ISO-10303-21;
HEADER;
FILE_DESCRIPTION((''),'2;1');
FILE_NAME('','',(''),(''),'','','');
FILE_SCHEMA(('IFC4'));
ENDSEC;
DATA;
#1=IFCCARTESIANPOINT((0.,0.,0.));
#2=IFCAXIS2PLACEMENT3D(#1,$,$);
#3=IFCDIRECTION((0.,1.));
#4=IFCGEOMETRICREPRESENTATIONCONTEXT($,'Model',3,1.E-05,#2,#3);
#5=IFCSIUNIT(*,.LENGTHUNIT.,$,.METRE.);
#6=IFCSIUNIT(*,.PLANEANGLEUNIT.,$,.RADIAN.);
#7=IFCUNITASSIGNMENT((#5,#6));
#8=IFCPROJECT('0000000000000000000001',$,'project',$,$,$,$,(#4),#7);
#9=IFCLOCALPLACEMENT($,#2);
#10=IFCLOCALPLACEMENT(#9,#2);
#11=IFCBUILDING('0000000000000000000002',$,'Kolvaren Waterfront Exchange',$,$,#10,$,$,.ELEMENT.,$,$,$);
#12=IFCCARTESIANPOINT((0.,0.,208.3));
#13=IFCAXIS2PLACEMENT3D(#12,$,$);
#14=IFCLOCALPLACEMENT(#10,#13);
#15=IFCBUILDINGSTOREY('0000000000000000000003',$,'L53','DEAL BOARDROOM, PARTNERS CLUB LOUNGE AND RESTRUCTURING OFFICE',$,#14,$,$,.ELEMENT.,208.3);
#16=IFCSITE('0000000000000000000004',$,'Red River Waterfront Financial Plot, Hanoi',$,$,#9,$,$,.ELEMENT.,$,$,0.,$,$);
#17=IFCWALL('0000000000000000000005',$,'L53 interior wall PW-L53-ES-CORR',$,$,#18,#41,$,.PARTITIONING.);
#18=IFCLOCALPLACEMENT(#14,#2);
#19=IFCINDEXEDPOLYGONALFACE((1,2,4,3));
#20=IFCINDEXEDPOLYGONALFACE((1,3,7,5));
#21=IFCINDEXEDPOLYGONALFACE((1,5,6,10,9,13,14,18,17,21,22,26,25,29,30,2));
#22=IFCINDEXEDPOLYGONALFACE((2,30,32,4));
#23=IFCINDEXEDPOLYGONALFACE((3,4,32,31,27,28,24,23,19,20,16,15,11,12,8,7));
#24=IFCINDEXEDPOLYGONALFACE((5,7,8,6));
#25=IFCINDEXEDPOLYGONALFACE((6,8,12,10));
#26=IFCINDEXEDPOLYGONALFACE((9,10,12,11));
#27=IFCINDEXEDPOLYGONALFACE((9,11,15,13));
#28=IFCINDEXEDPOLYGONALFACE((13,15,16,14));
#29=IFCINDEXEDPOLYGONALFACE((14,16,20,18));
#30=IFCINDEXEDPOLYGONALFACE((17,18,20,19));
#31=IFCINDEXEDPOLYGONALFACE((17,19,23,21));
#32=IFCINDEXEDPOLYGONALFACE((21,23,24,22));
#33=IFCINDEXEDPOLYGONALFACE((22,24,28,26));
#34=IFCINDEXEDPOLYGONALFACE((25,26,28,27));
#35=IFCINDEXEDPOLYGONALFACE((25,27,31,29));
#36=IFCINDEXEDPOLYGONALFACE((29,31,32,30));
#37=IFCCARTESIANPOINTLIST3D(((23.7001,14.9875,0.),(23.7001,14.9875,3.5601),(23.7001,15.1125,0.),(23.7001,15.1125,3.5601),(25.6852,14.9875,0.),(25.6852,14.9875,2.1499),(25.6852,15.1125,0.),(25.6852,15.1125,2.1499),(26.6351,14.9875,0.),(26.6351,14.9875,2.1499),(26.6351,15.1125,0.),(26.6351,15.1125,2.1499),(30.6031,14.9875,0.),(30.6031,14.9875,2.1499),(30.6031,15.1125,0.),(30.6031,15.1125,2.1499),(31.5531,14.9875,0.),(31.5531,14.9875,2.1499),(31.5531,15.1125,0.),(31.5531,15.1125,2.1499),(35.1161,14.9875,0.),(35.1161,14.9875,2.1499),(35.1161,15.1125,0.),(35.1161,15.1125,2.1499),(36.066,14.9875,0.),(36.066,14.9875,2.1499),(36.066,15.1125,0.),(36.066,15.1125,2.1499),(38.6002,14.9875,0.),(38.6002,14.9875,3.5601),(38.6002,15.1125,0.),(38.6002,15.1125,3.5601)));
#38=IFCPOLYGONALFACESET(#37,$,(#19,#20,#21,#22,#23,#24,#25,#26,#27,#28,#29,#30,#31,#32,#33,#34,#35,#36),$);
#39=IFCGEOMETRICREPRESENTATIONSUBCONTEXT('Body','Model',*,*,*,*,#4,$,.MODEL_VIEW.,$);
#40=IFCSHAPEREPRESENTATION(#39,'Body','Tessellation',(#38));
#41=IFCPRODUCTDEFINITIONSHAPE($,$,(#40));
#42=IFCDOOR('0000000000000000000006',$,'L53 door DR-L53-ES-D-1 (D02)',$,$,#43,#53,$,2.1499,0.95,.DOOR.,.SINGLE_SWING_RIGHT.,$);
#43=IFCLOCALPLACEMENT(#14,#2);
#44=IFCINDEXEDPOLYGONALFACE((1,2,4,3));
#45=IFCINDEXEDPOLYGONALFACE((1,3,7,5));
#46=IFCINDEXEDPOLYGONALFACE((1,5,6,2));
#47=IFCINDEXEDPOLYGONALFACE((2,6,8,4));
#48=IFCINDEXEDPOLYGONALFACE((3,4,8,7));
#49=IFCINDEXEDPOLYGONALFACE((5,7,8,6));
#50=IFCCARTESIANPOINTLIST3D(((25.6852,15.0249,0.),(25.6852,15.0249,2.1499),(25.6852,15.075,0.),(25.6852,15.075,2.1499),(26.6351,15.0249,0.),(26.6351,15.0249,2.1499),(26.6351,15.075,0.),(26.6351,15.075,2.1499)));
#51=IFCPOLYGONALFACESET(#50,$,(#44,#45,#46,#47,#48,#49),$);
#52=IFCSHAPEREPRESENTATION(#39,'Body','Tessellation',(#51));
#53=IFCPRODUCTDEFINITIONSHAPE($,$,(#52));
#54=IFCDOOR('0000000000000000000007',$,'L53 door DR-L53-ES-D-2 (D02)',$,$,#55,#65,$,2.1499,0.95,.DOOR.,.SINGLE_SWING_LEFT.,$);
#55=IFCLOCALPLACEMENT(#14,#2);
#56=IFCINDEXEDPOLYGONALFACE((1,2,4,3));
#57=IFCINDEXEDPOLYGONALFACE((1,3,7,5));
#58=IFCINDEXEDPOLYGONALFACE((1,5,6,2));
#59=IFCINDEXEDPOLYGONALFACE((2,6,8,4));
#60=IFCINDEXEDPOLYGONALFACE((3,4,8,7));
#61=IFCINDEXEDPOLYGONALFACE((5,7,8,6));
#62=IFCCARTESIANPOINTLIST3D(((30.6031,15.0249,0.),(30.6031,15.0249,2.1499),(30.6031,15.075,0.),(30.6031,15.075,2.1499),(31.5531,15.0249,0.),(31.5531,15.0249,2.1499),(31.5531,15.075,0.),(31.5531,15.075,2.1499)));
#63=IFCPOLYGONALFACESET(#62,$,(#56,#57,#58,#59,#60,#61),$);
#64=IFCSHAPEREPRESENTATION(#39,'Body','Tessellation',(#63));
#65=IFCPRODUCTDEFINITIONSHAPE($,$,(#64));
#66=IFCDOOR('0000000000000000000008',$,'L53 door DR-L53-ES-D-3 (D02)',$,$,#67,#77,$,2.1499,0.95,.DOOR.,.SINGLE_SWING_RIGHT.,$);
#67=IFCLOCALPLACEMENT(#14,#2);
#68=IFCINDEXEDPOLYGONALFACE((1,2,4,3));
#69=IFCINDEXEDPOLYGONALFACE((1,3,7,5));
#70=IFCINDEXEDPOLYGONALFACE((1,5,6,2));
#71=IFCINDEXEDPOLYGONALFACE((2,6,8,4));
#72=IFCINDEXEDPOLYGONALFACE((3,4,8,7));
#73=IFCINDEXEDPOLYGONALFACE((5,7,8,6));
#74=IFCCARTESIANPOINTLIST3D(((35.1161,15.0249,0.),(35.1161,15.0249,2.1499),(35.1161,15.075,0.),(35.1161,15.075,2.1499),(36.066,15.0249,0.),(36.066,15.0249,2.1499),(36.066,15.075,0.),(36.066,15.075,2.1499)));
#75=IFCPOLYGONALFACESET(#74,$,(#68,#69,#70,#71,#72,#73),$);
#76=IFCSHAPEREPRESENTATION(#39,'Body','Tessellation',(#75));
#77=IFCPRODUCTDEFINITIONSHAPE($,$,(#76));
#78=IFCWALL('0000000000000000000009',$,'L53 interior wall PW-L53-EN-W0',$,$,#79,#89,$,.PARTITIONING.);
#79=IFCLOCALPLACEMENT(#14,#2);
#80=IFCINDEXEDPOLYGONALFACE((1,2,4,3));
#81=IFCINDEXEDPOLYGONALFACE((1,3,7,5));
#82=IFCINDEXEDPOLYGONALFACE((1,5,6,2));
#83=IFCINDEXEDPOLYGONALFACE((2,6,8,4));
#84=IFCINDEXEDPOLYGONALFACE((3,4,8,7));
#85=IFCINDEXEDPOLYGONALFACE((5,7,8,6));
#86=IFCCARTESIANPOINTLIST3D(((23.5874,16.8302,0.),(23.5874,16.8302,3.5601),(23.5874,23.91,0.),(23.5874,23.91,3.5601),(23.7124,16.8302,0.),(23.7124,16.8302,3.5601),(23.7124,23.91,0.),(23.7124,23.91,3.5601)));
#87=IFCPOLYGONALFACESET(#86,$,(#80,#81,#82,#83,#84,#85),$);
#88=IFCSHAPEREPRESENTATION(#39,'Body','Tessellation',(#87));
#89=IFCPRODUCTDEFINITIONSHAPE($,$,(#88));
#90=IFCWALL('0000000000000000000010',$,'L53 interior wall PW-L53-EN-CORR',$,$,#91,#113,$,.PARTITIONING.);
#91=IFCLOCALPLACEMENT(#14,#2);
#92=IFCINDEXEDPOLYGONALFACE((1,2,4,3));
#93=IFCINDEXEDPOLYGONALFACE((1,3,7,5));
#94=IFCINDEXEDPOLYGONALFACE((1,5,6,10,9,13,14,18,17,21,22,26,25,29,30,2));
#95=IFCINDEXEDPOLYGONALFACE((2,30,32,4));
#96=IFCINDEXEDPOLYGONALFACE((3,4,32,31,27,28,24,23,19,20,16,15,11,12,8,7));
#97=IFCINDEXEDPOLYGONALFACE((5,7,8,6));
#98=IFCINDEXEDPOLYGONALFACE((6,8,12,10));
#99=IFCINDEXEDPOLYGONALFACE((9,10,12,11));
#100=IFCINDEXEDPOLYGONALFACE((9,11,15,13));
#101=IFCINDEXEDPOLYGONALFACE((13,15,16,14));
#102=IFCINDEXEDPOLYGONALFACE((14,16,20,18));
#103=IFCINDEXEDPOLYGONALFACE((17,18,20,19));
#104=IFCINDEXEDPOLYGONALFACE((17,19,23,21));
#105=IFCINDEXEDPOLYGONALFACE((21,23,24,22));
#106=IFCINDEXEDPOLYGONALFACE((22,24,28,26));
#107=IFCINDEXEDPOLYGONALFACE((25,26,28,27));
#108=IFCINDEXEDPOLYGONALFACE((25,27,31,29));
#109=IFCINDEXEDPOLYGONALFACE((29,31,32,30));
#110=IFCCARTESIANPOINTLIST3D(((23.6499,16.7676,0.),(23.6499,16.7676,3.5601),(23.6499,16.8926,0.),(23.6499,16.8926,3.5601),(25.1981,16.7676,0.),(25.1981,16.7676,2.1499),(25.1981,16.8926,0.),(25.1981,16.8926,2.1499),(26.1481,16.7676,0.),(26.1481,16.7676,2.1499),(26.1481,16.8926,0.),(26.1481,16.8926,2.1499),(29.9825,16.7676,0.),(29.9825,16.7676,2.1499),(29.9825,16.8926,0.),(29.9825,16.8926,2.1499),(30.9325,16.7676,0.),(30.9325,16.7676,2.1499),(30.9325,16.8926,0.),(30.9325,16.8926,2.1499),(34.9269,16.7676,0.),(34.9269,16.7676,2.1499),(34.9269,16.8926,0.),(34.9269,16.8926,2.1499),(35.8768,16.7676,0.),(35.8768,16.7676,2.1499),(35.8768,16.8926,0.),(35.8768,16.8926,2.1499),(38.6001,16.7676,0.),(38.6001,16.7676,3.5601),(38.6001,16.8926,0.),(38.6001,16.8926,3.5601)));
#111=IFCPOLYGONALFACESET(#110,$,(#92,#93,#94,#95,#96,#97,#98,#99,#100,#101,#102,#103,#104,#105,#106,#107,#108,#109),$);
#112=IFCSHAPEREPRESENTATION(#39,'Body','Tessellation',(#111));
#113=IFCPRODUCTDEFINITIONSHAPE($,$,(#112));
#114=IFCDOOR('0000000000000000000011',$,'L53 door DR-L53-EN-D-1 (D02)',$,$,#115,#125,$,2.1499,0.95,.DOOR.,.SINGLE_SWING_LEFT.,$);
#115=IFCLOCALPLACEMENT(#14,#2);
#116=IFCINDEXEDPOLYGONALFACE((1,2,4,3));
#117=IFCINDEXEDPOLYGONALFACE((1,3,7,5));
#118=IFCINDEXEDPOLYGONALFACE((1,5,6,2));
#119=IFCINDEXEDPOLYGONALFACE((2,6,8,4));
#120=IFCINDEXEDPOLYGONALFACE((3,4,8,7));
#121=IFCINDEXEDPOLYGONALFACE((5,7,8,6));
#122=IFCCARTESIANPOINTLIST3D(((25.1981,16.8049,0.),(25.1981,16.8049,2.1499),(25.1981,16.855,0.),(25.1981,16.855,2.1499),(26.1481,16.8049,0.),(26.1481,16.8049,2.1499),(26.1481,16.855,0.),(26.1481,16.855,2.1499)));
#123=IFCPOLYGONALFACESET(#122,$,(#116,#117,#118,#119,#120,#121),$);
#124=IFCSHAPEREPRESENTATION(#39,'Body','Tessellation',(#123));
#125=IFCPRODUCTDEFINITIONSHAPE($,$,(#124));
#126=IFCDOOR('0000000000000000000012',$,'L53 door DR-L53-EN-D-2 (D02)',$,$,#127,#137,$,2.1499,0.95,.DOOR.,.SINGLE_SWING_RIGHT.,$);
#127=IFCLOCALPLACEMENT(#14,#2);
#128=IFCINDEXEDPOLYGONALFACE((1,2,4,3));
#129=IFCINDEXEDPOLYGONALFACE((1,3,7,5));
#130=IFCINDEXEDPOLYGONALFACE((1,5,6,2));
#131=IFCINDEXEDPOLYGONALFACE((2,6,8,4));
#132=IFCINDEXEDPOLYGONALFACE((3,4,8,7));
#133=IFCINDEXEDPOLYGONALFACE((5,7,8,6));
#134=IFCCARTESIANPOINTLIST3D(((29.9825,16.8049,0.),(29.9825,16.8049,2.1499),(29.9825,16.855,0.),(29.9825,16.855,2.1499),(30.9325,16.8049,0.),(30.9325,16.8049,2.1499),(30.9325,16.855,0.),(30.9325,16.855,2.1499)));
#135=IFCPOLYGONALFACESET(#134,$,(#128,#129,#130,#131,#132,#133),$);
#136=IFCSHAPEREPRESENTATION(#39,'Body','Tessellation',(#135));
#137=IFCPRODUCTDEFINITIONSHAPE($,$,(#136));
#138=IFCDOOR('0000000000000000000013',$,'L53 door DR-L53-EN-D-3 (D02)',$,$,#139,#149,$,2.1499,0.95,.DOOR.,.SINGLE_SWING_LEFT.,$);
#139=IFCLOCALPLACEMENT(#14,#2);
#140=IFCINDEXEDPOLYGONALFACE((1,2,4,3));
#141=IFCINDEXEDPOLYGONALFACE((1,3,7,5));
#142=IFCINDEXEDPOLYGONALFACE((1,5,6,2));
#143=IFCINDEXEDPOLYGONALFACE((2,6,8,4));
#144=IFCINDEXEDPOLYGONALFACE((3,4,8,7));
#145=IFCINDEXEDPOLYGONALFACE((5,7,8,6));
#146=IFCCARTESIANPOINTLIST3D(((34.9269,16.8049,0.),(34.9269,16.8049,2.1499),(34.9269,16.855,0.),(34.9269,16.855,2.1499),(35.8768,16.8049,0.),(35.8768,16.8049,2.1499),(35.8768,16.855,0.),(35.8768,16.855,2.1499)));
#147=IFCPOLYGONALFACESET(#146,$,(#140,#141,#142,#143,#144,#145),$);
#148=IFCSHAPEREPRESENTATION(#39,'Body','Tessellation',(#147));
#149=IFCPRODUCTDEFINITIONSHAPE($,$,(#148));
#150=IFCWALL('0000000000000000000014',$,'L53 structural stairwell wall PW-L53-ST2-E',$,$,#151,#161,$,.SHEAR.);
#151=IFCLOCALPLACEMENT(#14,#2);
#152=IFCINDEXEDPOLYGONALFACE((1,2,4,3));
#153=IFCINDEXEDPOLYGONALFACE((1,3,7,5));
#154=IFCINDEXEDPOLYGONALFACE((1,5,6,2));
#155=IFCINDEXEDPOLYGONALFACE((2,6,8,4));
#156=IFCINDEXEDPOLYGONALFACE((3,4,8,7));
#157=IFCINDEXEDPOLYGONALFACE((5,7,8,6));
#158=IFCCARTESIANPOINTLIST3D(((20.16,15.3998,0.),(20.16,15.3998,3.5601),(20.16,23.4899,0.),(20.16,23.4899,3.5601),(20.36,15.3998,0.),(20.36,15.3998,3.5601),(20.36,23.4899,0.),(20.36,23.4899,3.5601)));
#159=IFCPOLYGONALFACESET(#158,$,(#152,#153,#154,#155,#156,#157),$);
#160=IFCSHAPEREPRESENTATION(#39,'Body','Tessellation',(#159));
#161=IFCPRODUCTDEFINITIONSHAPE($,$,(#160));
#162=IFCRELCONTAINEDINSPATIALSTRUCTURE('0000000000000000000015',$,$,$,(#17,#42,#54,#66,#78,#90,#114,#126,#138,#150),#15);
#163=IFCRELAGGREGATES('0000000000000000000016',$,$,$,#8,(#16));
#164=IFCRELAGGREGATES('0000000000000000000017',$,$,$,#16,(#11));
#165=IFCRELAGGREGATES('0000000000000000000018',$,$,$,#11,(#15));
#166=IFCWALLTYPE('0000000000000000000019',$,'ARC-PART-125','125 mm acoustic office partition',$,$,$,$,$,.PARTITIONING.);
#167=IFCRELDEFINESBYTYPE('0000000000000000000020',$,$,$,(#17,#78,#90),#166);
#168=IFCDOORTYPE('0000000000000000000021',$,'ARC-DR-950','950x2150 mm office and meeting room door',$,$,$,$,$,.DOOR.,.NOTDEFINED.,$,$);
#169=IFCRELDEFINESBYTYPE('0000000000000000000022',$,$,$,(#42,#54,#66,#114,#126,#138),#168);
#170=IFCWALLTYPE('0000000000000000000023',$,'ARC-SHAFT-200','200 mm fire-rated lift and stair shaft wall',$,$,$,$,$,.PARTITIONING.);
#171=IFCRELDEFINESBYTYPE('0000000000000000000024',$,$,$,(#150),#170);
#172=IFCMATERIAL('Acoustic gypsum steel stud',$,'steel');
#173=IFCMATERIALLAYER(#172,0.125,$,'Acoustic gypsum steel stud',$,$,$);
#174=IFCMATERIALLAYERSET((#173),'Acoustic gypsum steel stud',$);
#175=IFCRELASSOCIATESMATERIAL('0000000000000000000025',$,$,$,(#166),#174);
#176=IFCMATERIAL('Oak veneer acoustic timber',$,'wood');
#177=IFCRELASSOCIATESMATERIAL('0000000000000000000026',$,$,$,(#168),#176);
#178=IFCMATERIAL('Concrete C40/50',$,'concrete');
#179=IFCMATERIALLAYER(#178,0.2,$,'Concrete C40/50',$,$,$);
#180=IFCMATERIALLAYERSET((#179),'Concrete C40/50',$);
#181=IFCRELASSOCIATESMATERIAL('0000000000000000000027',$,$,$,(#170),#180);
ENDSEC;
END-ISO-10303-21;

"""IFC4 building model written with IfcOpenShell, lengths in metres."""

from ifc_helpers import new_model, si_unit, direction, frame, frame_2d, origin, place, context, subcontext, project, spatial, rectangle, extrude, material, layer, layer_set, type_object, element, fill, save


model = new_model("IFC4")

# Units and contexts
model_context = context("Model", 3, precision=1e-05, world=origin(), true_north=direction((0.0, 1.0)))
body_context = subcontext(model_context, "Body", "Model", "MODEL_VIEW")
ifc_project = project(units=[si_unit("LENGTHUNIT", "METRE"), si_unit("PLANEANGLEUNIT", "RADIAN")], contexts=[model_context])

# Site, building, storey
site_placement = place(None, origin())
site = spatial("IfcSite", under=ifc_project, at=site_placement, Name="Red River Waterfront Financial Plot, Hanoi", CompositionType="ELEMENT", RefElevation=0.0)
building_placement = place(site_placement, origin())
building = spatial("IfcBuilding", under=site, at=building_placement, Name="Kolvaren Waterfront Exchange", CompositionType="ELEMENT")
storey_placement = place(building_placement, frame((0.0, 0.0, 208.3)))
storey = spatial("IfcBuildingStorey", under=building, at=storey_placement, Name="L53", Description="DEAL BOARDROOM, PARTNERS CLUB LOUNGE AND RESTRUCTURING OFFICE", CompositionType="ELEMENT", Elevation=208.3)

# Wall, openings, doors
ifc_material_1 = material(Name="Acoustic gypsum steel stud", Category="steel")
ifc_layer_1 = layer(ifc_material_1, 0.125, Name="Acoustic gypsum steel stud")
ifc_layer_set_1 = layer_set([ifc_layer_1], Name="Acoustic gypsum steel stud")
wall_type_1 = type_object("IfcWallType", Name="ARC-PART-125", Description="125 mm acoustic office partition", PredefinedType="PARTITIONING", material=ifc_layer_set_1)
wall_1_placement = place(storey_placement, frame((23.7, 15.05, 0.0), z_axis=(0.0, 0.0, 1.0), x_axis=(1.0, 0.0, 0.0)))
wall_1 = element("IfcWall", 1, at=wall_1_placement, inside=storey, type_object=wall_type_1, Name="L53 interior wall PW-L53-ES-CORR", PredefinedType="PARTITIONING", context=body_context, shape_type="SweptSolid", body=[
    extrude(rectangle(XDim=14.9001, YDim=0.125, at=frame_2d((7.4502, 0.0))), origin(), (0.0, 0.0, 1.0), 3.5601),
])
opening_1_placement = place(wall_1_placement, frame((1.9851, 0.0, 0.0)))
opening_1 = element("IfcOpeningElement", 2, at=opening_1_placement, cuts=wall_1, PredefinedType="OPENING", context=body_context, shape_type="SweptSolid", body=[
    extrude(rectangle(XDim=0.95, YDim=2.1499, at=frame_2d((0.4751, 1.075))), frame((0.0, 0.0725, 0.0), z_axis=(0.0, -1.0, 0.0), x_axis=(1.0, 0.0, 0.0)), (0.0, 0.0, 1.0), 0.145),
])
opening_2_placement = place(wall_1_placement, frame((6.9031, 0.0, 0.0)))
opening_2 = element("IfcOpeningElement", 3, at=opening_2_placement, cuts=wall_1, PredefinedType="OPENING", context=body_context, shape_type="SweptSolid", body=[
    extrude(rectangle(XDim=0.95, YDim=2.1499, at=frame_2d((0.4751, 1.075))), frame((0.0, 0.0725, 0.0), z_axis=(0.0, -1.0, 0.0), x_axis=(1.0, 0.0, 0.0)), (0.0, 0.0, 1.0), 0.145),
])
opening_3_placement = place(wall_1_placement, frame((11.416, 0.0, 0.0)))
opening_3 = element("IfcOpeningElement", 4, at=opening_3_placement, cuts=wall_1, PredefinedType="OPENING", context=body_context, shape_type="SweptSolid", body=[
    extrude(rectangle(XDim=0.95, YDim=2.1499, at=frame_2d((0.4751, 1.075))), frame((0.0, 0.0725, 0.0), z_axis=(0.0, -1.0, 0.0), x_axis=(1.0, 0.0, 0.0)), (0.0, 0.0, 1.0), 0.145),
])
ifc_material_2 = material(Name="Oak veneer acoustic timber", Category="wood")
door_type = type_object("IfcDoorType", Name="ARC-DR-950", Description="950x2150 mm office and meeting room door", OperationType="NOTDEFINED", PredefinedType="DOOR", material=ifc_material_2)
door_1_placement = place(opening_1_placement, origin())
door_1 = element("IfcDoor", 5, at=door_1_placement, inside=storey, type_object=door_type, Name="L53 door DR-L53-ES-D-1 (D02)", OperationType="SINGLE_SWING_RIGHT", OverallHeight=2.1499, OverallWidth=0.95, PredefinedType="DOOR", context=body_context, shape_type="SweptSolid", body=[
    extrude(rectangle(XDim=0.95, YDim=2.1499, at=frame_2d((0.4751, 1.075))), frame((0.0, 0.0249, 0.0), z_axis=(0.0, -1.0, 0.0), x_axis=(1.0, 0.0, 0.0)), (0.0, 0.0, 1.0), 0.05),
])
fill(opening_1, door_1)
door_2_placement = place(opening_2_placement, origin())
door_2 = element("IfcDoor", 6, at=door_2_placement, inside=storey, type_object=door_type, Name="L53 door DR-L53-ES-D-2 (D02)", OperationType="SINGLE_SWING_LEFT", OverallHeight=2.1499, OverallWidth=0.95, PredefinedType="DOOR", context=body_context, shape_type="SweptSolid", body=[
    extrude(rectangle(XDim=0.95, YDim=2.1499, at=frame_2d((0.4751, 1.075))), frame((0.0, 0.0249, 0.0), z_axis=(0.0, -1.0, 0.0), x_axis=(1.0, 0.0, 0.0)), (0.0, 0.0, 1.0), 0.05),
])
fill(opening_2, door_2)
door_3_placement = place(opening_3_placement, origin())
door_3 = element("IfcDoor", 7, at=door_3_placement, inside=storey, type_object=door_type, Name="L53 door DR-L53-ES-D-3 (D02)", OperationType="SINGLE_SWING_RIGHT", OverallHeight=2.1499, OverallWidth=0.95, PredefinedType="DOOR", context=body_context, shape_type="SweptSolid", body=[
    extrude(rectangle(XDim=0.95, YDim=2.1499, at=frame_2d((0.4751, 1.075))), frame((0.0, 0.0249, 0.0), z_axis=(0.0, -1.0, 0.0), x_axis=(1.0, 0.0, 0.0)), (0.0, 0.0, 1.0), 0.05),
])
fill(opening_3, door_3)

# Wall
wall_2_placement = place(storey_placement, frame((23.6499, 16.8301, 0.0), z_axis=(0.0, 0.0, 1.0), x_axis=(0.0, 1.0, 0.0)))
element("IfcWall", 8, at=wall_2_placement, inside=storey, type_object=wall_type_1, Name="L53 interior wall PW-L53-EN-W0", PredefinedType="PARTITIONING", context=body_context, shape_type="SweptSolid", body=[
    extrude(rectangle(XDim=7.0798, YDim=0.125, at=frame_2d((3.54, 0.0))), origin(), (0.0, 0.0, 1.0), 3.5601),
])

# Wall, openings, doors
wall_3_placement = place(storey_placement, frame((23.6499, 16.8301, 0.0), z_axis=(0.0, 0.0, 1.0), x_axis=(1.0, 0.0, 0.0)))
wall_3 = element("IfcWall", 9, at=wall_3_placement, inside=storey, type_object=wall_type_1, Name="L53 interior wall PW-L53-EN-CORR", PredefinedType="PARTITIONING", context=body_context, shape_type="SweptSolid", body=[
    extrude(rectangle(XDim=14.9502, YDim=0.125, at=frame_2d((7.4751, 0.0))), origin(), (0.0, 0.0, 1.0), 3.5601),
])
opening_4_placement = place(wall_3_placement, frame((1.5481, 0.0, 0.0)))
opening_4 = element("IfcOpeningElement", 10, at=opening_4_placement, cuts=wall_3, PredefinedType="OPENING", context=body_context, shape_type="SweptSolid", body=[
    extrude(rectangle(XDim=0.95, YDim=2.1499, at=frame_2d((0.4751, 1.075))), frame((0.0, 0.0725, 0.0), z_axis=(0.0, -1.0, 0.0), x_axis=(1.0, 0.0, 0.0)), (0.0, 0.0, 1.0), 0.145),
])
opening_5_placement = place(wall_3_placement, frame((6.3325, 0.0, 0.0)))
opening_5 = element("IfcOpeningElement", 11, at=opening_5_placement, cuts=wall_3, PredefinedType="OPENING", context=body_context, shape_type="SweptSolid", body=[
    extrude(rectangle(XDim=0.95, YDim=2.1499, at=frame_2d((0.4751, 1.075))), frame((0.0, 0.0725, 0.0), z_axis=(0.0, -1.0, 0.0), x_axis=(1.0, 0.0, 0.0)), (0.0, 0.0, 1.0), 0.145),
])
opening_6_placement = place(wall_3_placement, frame((11.2769, 0.0, 0.0)))
opening_6 = element("IfcOpeningElement", 12, at=opening_6_placement, cuts=wall_3, PredefinedType="OPENING", context=body_context, shape_type="SweptSolid", body=[
    extrude(rectangle(XDim=0.95, YDim=2.1499, at=frame_2d((0.4751, 1.075))), frame((0.0, 0.0725, 0.0), z_axis=(0.0, -1.0, 0.0), x_axis=(1.0, 0.0, 0.0)), (0.0, 0.0, 1.0), 0.145),
])
door_4_placement = place(opening_4_placement, origin())
door_4 = element("IfcDoor", 13, at=door_4_placement, inside=storey, type_object=door_type, Name="L53 door DR-L53-EN-D-1 (D02)", OperationType="SINGLE_SWING_LEFT", OverallHeight=2.1499, OverallWidth=0.95, PredefinedType="DOOR", context=body_context, shape_type="SweptSolid", body=[
    extrude(rectangle(XDim=0.95, YDim=2.1499, at=frame_2d((0.4751, 1.075))), frame((0.0, 0.0249, 0.0), z_axis=(0.0, -1.0, 0.0), x_axis=(1.0, 0.0, 0.0)), (0.0, 0.0, 1.0), 0.05),
])
fill(opening_4, door_4)
door_5_placement = place(opening_5_placement, origin())
door_5 = element("IfcDoor", 14, at=door_5_placement, inside=storey, type_object=door_type, Name="L53 door DR-L53-EN-D-2 (D02)", OperationType="SINGLE_SWING_RIGHT", OverallHeight=2.1499, OverallWidth=0.95, PredefinedType="DOOR", context=body_context, shape_type="SweptSolid", body=[
    extrude(rectangle(XDim=0.95, YDim=2.1499, at=frame_2d((0.4751, 1.075))), frame((0.0, 0.0249, 0.0), z_axis=(0.0, -1.0, 0.0), x_axis=(1.0, 0.0, 0.0)), (0.0, 0.0, 1.0), 0.05),
])
fill(opening_5, door_5)
door_6_placement = place(opening_6_placement, origin())
door_6 = element("IfcDoor", 15, at=door_6_placement, inside=storey, type_object=door_type, Name="L53 door DR-L53-EN-D-3 (D02)", OperationType="SINGLE_SWING_LEFT", OverallHeight=2.1499, OverallWidth=0.95, PredefinedType="DOOR", context=body_context, shape_type="SweptSolid", body=[
    extrude(rectangle(XDim=0.95, YDim=2.1499, at=frame_2d((0.4751, 1.075))), frame((0.0, 0.0249, 0.0), z_axis=(0.0, -1.0, 0.0), x_axis=(1.0, 0.0, 0.0)), (0.0, 0.0, 1.0), 0.05),
])
fill(opening_6, door_6)

# Wall
ifc_material_3 = material(Name="Concrete C40/50", Category="concrete")
ifc_layer_2 = layer(ifc_material_3, 0.2, Name="Concrete C40/50")
ifc_layer_set_2 = layer_set([ifc_layer_2], Name="Concrete C40/50")
wall_type_2 = type_object("IfcWallType", Name="ARC-SHAFT-200", Description="200 mm fire-rated lift and stair shaft wall", PredefinedType="PARTITIONING", material=ifc_layer_set_2)
wall_4_placement = place(storey_placement, frame((20.26, 15.3999, 0.0), z_axis=(0.0, 0.0, 1.0), x_axis=(0.0, 1.0, 0.0)))
element("IfcWall", 16, at=wall_4_placement, inside=storey, type_object=wall_type_2, Name="L53 structural stairwell wall PW-L53-ST2-E", PredefinedType="SHEAR", context=body_context, shape_type="SweptSolid", body=[
    extrude(rectangle(XDim=8.0901, YDim=0.2, at=frame_2d((4.0449, 0.0))), origin(), (0.0, 0.0, 1.0), 3.5601),
])

save(model, "model.ifc")
